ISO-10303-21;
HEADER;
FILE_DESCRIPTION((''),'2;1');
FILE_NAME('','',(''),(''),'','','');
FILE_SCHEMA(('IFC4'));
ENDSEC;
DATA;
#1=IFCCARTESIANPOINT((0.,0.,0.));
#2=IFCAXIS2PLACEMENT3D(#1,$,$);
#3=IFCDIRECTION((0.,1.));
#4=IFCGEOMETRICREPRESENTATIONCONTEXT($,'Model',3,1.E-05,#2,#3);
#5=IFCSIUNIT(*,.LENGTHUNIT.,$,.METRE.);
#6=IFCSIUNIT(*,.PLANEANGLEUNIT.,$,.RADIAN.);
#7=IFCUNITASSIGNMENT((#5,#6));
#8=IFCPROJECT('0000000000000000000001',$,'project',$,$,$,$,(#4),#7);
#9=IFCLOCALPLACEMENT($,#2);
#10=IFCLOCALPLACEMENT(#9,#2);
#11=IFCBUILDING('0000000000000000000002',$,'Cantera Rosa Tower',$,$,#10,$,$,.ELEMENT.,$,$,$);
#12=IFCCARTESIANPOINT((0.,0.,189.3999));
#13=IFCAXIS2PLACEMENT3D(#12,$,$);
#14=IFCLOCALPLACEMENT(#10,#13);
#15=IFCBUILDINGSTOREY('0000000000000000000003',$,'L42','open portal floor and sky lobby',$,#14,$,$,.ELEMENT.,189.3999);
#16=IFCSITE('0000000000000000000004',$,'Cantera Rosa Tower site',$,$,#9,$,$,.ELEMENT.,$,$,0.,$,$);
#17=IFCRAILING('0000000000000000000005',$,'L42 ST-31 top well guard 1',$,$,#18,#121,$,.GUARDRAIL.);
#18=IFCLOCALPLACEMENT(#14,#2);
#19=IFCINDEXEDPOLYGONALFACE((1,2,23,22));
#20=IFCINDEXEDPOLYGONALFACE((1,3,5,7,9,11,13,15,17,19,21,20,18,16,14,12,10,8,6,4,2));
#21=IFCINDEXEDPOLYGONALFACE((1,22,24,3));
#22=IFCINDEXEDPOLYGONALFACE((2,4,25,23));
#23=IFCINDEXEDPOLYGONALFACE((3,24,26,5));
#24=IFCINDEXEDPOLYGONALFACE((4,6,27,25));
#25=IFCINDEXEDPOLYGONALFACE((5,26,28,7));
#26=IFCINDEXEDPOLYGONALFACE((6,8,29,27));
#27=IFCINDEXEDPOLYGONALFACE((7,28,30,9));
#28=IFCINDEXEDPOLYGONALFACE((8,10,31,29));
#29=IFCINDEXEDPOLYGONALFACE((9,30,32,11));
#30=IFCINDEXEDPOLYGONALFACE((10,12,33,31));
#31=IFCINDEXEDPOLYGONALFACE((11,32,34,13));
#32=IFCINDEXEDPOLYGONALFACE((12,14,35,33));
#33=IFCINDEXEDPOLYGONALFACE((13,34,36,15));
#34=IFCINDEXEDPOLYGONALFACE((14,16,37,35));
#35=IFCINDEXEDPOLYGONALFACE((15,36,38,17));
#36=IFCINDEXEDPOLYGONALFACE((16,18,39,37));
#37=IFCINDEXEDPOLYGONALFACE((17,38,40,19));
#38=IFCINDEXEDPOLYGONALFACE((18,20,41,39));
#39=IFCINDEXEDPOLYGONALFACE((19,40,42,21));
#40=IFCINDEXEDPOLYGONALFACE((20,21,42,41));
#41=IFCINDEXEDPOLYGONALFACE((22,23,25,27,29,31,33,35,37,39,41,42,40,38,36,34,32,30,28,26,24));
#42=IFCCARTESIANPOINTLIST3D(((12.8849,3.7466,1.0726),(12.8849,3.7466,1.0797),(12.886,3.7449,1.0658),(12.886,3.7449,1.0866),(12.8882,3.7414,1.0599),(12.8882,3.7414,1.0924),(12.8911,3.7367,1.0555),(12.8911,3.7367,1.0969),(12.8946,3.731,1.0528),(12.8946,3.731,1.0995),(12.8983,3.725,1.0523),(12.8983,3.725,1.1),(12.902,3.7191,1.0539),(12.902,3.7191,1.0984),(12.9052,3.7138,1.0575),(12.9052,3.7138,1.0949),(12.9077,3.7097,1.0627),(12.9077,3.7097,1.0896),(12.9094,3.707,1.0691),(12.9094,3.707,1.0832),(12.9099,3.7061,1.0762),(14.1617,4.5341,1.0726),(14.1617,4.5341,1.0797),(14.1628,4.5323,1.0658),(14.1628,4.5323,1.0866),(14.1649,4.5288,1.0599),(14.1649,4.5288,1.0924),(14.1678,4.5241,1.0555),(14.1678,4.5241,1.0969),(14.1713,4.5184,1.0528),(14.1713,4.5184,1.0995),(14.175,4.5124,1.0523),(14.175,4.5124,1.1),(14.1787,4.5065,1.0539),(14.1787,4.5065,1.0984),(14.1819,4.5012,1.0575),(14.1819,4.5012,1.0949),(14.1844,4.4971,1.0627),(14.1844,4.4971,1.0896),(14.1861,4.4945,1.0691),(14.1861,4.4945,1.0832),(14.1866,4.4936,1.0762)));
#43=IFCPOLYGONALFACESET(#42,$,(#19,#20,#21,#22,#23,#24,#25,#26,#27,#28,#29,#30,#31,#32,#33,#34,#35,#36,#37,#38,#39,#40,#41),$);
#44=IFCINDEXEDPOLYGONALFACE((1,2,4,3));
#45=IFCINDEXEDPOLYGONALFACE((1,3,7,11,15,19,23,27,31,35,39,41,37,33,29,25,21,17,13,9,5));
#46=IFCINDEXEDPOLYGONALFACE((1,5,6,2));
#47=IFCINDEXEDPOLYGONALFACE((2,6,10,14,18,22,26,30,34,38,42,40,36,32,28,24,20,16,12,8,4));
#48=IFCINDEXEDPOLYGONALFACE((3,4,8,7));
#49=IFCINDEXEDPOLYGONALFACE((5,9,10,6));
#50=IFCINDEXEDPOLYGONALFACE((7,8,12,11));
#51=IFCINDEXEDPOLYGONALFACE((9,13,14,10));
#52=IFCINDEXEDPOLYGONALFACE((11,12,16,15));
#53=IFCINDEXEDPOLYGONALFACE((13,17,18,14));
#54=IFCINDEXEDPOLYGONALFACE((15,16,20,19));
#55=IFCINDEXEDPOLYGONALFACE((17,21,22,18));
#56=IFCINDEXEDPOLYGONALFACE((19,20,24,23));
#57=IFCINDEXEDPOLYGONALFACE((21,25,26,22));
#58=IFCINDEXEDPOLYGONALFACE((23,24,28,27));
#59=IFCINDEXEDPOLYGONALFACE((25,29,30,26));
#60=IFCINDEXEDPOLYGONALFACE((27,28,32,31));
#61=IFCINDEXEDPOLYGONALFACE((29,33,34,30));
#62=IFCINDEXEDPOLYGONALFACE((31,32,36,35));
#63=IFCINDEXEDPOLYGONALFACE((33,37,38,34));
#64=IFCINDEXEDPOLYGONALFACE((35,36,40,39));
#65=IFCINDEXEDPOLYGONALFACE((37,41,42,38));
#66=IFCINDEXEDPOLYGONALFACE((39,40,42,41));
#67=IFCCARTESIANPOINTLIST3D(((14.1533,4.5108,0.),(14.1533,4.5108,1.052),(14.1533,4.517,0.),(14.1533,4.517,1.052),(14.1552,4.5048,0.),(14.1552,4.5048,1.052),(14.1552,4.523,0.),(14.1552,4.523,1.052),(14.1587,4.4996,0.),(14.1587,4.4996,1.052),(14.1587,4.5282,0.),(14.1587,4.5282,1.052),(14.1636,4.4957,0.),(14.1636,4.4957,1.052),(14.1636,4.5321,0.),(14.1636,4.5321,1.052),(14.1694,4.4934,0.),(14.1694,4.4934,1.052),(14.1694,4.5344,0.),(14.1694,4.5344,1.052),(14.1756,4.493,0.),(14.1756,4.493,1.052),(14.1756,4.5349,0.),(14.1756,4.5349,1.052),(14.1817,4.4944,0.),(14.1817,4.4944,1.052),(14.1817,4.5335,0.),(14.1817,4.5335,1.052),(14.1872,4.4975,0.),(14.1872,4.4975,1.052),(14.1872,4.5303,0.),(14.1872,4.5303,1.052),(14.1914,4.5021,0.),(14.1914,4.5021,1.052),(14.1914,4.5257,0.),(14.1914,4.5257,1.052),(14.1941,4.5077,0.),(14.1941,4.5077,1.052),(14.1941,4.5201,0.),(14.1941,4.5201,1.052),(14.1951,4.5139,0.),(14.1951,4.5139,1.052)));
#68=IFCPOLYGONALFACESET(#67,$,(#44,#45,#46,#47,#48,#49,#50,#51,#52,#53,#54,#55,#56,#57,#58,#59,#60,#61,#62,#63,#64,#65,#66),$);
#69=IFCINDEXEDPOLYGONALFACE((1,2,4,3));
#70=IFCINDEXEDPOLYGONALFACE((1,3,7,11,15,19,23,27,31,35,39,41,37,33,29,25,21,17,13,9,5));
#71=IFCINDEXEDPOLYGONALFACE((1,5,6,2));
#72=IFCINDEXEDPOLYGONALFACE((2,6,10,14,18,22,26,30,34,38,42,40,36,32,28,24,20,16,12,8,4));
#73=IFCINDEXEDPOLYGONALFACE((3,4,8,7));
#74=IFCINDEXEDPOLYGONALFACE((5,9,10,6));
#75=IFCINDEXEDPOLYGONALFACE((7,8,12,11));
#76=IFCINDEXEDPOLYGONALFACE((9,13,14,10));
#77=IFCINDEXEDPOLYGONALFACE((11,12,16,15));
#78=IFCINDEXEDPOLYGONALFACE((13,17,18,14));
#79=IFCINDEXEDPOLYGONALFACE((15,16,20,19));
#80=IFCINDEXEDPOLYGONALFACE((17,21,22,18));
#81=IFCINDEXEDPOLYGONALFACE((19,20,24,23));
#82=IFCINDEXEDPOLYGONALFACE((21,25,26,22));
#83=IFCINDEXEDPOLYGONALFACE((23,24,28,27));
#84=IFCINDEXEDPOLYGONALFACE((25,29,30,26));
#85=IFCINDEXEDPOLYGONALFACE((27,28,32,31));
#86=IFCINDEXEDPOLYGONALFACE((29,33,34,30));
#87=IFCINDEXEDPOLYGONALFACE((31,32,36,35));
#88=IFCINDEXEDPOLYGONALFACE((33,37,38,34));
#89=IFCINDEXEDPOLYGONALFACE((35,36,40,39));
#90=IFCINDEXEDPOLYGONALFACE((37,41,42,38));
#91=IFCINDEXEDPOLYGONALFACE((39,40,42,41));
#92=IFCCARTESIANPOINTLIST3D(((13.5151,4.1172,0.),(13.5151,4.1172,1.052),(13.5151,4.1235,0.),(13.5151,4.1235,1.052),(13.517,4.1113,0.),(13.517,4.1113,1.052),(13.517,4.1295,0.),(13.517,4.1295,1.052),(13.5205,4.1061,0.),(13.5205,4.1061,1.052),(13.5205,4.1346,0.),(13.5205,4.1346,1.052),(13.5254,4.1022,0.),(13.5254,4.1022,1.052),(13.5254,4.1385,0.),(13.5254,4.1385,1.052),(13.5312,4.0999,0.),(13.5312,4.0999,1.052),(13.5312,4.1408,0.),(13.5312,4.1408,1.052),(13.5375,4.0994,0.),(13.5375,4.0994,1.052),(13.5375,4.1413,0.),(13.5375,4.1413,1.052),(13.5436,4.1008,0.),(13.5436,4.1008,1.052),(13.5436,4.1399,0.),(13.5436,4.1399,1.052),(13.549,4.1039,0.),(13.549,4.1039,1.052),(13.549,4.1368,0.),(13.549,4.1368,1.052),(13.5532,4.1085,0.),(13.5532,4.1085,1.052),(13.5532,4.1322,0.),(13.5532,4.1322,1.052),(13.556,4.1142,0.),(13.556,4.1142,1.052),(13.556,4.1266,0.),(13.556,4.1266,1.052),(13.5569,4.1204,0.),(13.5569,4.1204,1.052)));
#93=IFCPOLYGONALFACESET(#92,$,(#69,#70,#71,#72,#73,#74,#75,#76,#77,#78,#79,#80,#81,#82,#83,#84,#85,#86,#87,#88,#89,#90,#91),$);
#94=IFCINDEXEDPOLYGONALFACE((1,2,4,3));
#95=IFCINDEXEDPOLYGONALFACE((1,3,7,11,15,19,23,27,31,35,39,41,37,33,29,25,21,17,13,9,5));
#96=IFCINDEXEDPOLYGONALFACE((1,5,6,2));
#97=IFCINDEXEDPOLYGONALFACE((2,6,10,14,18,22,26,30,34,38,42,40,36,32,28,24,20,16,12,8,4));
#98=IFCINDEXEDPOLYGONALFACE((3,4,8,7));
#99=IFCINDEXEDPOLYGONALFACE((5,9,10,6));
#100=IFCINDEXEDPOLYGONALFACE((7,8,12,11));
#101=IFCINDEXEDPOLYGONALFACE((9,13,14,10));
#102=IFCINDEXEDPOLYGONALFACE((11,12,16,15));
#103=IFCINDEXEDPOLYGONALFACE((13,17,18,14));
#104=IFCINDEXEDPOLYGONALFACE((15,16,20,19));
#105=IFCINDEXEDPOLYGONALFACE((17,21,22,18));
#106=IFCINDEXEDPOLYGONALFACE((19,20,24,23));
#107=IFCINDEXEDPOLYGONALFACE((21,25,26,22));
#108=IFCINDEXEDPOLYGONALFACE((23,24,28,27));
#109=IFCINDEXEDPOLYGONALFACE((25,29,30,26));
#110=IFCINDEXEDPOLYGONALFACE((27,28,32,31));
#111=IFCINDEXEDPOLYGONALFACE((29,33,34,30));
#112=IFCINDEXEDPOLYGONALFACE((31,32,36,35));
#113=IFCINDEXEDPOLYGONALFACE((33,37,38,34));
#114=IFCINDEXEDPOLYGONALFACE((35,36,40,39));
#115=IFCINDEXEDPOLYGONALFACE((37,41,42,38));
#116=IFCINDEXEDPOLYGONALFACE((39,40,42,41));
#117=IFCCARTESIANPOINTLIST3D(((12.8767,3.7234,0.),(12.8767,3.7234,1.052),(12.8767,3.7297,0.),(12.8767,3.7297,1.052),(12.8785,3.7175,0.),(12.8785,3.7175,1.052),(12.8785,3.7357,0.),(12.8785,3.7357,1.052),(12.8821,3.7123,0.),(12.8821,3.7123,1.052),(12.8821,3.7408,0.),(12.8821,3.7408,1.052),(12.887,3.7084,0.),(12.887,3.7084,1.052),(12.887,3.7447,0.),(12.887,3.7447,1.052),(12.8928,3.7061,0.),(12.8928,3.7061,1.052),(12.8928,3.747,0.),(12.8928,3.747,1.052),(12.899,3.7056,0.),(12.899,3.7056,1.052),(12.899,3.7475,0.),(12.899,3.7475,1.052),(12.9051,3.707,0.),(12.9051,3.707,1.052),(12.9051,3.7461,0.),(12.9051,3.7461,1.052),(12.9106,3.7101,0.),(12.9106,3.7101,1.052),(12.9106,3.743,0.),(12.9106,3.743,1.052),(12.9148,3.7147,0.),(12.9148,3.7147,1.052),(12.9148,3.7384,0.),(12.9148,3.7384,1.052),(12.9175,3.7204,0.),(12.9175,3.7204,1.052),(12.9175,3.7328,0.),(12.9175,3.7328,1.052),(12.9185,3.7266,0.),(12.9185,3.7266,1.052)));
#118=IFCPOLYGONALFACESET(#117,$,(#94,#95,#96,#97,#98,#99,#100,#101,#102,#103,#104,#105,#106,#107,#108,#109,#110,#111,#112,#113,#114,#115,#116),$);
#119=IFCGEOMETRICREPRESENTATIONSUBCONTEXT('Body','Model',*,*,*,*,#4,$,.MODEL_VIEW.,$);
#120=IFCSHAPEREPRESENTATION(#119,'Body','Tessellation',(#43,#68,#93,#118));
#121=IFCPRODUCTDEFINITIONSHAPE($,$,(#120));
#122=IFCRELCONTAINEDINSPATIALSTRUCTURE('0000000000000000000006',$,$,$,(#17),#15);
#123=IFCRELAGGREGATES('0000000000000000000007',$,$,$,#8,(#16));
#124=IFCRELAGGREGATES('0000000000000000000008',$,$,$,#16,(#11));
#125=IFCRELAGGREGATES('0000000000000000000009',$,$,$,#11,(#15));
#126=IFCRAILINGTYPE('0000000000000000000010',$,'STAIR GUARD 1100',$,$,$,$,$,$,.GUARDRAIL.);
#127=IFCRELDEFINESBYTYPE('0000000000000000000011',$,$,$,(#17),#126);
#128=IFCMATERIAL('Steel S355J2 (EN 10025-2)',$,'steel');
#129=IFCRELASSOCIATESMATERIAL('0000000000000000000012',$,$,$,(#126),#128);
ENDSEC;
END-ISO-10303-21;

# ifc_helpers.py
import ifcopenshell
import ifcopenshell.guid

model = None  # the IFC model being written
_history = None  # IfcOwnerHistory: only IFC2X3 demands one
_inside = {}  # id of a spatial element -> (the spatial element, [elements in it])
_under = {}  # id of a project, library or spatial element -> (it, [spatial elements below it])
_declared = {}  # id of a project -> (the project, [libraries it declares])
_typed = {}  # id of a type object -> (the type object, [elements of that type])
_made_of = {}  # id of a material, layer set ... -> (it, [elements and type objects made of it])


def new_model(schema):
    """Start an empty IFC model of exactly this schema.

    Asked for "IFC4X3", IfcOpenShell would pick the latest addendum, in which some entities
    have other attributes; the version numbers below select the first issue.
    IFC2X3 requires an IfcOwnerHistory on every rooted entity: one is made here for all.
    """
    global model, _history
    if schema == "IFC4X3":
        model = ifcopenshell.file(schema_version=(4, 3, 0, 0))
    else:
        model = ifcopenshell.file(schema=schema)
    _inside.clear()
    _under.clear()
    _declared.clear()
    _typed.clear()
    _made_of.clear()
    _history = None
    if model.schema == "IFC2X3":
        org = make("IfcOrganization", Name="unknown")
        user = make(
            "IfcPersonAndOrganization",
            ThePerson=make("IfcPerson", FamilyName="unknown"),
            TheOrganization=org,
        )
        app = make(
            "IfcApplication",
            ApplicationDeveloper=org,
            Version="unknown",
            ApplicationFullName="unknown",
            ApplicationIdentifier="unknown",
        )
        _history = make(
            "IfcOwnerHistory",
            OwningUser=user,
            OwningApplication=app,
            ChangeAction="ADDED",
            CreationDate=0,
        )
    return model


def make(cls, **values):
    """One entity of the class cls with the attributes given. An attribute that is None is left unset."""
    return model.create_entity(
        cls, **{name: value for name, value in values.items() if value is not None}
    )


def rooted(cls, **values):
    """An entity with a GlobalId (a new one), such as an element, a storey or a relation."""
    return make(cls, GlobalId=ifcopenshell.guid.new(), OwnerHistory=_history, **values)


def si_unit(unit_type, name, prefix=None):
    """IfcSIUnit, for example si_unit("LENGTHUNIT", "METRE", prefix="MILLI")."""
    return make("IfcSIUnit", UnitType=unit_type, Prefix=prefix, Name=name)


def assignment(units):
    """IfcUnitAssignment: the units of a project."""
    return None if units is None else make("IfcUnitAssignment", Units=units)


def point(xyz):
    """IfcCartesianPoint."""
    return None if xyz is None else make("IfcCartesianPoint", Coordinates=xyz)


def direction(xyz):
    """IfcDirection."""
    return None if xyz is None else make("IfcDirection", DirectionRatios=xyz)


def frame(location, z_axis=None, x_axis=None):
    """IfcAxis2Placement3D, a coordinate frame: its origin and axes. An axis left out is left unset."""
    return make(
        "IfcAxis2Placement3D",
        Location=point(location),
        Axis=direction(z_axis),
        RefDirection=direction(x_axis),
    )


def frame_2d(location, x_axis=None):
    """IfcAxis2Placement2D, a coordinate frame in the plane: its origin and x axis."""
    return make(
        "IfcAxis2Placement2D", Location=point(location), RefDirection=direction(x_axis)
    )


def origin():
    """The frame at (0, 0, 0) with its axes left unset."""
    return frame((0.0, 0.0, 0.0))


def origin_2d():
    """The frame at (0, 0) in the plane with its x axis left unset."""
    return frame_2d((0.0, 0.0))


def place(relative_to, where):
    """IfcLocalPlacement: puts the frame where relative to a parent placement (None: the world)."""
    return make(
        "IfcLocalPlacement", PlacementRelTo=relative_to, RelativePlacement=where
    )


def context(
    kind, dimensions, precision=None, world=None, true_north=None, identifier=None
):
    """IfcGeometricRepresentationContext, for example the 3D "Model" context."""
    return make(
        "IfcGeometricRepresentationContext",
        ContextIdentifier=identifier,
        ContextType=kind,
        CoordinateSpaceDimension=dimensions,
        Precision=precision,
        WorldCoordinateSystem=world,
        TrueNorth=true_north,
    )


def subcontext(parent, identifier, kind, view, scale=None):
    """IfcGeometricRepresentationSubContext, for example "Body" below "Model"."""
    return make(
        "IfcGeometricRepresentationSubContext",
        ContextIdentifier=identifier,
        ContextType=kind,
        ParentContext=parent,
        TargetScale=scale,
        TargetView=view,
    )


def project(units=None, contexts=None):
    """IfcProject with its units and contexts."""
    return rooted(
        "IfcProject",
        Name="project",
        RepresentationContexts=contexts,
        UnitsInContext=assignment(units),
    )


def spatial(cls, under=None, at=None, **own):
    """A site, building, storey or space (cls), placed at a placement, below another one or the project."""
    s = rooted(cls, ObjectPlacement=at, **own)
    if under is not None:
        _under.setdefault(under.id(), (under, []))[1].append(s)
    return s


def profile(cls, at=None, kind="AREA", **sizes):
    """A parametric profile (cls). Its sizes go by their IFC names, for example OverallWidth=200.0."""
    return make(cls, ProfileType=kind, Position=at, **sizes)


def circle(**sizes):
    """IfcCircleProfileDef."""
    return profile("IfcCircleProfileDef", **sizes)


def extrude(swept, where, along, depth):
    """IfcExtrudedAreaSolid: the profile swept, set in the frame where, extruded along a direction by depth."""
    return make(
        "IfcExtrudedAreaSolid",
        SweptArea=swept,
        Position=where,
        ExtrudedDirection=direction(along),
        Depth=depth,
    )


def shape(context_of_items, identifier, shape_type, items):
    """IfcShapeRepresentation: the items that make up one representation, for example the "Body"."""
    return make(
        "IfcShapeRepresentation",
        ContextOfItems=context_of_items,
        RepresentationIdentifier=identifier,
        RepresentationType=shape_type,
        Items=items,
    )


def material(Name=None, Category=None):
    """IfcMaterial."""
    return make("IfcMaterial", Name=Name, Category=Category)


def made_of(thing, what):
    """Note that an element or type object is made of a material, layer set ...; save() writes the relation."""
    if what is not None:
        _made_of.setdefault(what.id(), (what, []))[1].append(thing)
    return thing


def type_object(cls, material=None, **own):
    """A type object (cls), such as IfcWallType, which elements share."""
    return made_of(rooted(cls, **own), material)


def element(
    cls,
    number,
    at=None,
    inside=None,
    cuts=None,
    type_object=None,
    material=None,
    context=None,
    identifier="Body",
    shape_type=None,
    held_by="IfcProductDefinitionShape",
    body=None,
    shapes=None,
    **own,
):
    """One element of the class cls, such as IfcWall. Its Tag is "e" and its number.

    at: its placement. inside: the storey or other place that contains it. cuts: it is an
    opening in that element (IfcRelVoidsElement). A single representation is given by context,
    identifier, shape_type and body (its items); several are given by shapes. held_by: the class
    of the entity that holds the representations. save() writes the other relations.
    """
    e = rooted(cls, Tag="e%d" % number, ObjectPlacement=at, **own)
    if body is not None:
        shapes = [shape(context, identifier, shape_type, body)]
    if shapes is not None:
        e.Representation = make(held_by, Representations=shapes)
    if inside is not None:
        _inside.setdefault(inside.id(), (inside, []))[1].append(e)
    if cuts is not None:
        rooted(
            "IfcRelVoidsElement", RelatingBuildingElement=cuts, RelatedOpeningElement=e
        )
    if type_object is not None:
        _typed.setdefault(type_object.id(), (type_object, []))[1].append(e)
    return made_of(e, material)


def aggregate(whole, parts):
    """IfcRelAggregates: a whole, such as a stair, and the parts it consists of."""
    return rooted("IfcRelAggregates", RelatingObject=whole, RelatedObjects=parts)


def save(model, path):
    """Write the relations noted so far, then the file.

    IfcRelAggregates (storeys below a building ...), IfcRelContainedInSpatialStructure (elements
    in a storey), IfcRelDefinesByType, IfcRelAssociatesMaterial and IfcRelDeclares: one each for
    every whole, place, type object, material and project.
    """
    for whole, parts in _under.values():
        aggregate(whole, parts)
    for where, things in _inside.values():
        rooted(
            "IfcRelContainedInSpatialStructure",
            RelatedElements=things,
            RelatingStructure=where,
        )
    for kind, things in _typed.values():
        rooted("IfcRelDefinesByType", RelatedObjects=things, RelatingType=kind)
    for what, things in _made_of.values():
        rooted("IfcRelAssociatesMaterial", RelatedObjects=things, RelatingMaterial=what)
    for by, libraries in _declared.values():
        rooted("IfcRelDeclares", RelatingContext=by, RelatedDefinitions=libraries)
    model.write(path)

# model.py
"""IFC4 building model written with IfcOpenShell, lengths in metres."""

from ifc_helpers import new_model, si_unit, direction, frame, origin, origin_2d, place, context, subcontext, project, spatial, circle, extrude, material, type_object, element, save


model = new_model("IFC4")

# Units and contexts
model_context = context("Model", 3, precision=1e-05, world=origin(), true_north=direction((0.0, 1.0)))
body_context = subcontext(model_context, "Body", "Model", "MODEL_VIEW")
ifc_project = project(units=[si_unit("LENGTHUNIT", "METRE"), si_unit("PLANEANGLEUNIT", "RADIAN")], contexts=[model_context])

# Site, building, storey
site_placement = place(None, origin())
site = spatial("IfcSite", under=ifc_project, at=site_placement, Name="Cantera Rosa Tower site", CompositionType="ELEMENT", RefElevation=0.0)
building_placement = place(site_placement, origin())
building = spatial("IfcBuilding", under=site, at=building_placement, Name="Cantera Rosa Tower", CompositionType="ELEMENT")
storey_placement = place(building_placement, frame((0.0, 0.0, 189.3999)))
storey = spatial("IfcBuildingStorey", under=building, at=storey_placement, Name="L42", Description="open portal floor and sky lobby", CompositionType="ELEMENT", Elevation=189.3999)

# Railing
ifc_material_1 = material(Name="Steel S355J2 (EN 10025-2)", Category="steel")
railing_type_1 = type_object("IfcRailingType", Name="STAIR GUARD 1100", PredefinedType="GUARDRAIL", material=ifc_material_1)
railing_1_placement = place(storey_placement, frame((14.1741, 4.5139, 0.0)))
element("IfcRailing", 1, at=railing_1_placement, inside=storey, type_object=railing_type_1, Name="L42 ST-31 top well guard 1", PredefinedType="GUARDRAIL", context=body_context, shape_type="SweptSolid", body=[
    extrude(circle(Radius=0.0239, at=origin_2d()), frame((0.0, 0.0, 1.0762), z_axis=(-0.851138, -0.524942, 0.0), x_axis=(0.524942, -0.851138, 0.0)), (0.0, 0.0, 1.0), 1.5),
    extrude(circle(Radius=0.021, at=origin_2d()), origin(), (0.0, 0.0, 1.0), 1.052),
    extrude(circle(Radius=0.021, at=origin_2d()), frame((-0.6382, -0.3936, 0.0)), (0.0, 0.0, 1.0), 1.052),
    extrude(circle(Radius=0.021, at=origin_2d()), frame((-1.2766, -0.7874, 0.0)), (0.0, 0.0, 1.0), 1.052),
])

save(model, "model.ifc")
